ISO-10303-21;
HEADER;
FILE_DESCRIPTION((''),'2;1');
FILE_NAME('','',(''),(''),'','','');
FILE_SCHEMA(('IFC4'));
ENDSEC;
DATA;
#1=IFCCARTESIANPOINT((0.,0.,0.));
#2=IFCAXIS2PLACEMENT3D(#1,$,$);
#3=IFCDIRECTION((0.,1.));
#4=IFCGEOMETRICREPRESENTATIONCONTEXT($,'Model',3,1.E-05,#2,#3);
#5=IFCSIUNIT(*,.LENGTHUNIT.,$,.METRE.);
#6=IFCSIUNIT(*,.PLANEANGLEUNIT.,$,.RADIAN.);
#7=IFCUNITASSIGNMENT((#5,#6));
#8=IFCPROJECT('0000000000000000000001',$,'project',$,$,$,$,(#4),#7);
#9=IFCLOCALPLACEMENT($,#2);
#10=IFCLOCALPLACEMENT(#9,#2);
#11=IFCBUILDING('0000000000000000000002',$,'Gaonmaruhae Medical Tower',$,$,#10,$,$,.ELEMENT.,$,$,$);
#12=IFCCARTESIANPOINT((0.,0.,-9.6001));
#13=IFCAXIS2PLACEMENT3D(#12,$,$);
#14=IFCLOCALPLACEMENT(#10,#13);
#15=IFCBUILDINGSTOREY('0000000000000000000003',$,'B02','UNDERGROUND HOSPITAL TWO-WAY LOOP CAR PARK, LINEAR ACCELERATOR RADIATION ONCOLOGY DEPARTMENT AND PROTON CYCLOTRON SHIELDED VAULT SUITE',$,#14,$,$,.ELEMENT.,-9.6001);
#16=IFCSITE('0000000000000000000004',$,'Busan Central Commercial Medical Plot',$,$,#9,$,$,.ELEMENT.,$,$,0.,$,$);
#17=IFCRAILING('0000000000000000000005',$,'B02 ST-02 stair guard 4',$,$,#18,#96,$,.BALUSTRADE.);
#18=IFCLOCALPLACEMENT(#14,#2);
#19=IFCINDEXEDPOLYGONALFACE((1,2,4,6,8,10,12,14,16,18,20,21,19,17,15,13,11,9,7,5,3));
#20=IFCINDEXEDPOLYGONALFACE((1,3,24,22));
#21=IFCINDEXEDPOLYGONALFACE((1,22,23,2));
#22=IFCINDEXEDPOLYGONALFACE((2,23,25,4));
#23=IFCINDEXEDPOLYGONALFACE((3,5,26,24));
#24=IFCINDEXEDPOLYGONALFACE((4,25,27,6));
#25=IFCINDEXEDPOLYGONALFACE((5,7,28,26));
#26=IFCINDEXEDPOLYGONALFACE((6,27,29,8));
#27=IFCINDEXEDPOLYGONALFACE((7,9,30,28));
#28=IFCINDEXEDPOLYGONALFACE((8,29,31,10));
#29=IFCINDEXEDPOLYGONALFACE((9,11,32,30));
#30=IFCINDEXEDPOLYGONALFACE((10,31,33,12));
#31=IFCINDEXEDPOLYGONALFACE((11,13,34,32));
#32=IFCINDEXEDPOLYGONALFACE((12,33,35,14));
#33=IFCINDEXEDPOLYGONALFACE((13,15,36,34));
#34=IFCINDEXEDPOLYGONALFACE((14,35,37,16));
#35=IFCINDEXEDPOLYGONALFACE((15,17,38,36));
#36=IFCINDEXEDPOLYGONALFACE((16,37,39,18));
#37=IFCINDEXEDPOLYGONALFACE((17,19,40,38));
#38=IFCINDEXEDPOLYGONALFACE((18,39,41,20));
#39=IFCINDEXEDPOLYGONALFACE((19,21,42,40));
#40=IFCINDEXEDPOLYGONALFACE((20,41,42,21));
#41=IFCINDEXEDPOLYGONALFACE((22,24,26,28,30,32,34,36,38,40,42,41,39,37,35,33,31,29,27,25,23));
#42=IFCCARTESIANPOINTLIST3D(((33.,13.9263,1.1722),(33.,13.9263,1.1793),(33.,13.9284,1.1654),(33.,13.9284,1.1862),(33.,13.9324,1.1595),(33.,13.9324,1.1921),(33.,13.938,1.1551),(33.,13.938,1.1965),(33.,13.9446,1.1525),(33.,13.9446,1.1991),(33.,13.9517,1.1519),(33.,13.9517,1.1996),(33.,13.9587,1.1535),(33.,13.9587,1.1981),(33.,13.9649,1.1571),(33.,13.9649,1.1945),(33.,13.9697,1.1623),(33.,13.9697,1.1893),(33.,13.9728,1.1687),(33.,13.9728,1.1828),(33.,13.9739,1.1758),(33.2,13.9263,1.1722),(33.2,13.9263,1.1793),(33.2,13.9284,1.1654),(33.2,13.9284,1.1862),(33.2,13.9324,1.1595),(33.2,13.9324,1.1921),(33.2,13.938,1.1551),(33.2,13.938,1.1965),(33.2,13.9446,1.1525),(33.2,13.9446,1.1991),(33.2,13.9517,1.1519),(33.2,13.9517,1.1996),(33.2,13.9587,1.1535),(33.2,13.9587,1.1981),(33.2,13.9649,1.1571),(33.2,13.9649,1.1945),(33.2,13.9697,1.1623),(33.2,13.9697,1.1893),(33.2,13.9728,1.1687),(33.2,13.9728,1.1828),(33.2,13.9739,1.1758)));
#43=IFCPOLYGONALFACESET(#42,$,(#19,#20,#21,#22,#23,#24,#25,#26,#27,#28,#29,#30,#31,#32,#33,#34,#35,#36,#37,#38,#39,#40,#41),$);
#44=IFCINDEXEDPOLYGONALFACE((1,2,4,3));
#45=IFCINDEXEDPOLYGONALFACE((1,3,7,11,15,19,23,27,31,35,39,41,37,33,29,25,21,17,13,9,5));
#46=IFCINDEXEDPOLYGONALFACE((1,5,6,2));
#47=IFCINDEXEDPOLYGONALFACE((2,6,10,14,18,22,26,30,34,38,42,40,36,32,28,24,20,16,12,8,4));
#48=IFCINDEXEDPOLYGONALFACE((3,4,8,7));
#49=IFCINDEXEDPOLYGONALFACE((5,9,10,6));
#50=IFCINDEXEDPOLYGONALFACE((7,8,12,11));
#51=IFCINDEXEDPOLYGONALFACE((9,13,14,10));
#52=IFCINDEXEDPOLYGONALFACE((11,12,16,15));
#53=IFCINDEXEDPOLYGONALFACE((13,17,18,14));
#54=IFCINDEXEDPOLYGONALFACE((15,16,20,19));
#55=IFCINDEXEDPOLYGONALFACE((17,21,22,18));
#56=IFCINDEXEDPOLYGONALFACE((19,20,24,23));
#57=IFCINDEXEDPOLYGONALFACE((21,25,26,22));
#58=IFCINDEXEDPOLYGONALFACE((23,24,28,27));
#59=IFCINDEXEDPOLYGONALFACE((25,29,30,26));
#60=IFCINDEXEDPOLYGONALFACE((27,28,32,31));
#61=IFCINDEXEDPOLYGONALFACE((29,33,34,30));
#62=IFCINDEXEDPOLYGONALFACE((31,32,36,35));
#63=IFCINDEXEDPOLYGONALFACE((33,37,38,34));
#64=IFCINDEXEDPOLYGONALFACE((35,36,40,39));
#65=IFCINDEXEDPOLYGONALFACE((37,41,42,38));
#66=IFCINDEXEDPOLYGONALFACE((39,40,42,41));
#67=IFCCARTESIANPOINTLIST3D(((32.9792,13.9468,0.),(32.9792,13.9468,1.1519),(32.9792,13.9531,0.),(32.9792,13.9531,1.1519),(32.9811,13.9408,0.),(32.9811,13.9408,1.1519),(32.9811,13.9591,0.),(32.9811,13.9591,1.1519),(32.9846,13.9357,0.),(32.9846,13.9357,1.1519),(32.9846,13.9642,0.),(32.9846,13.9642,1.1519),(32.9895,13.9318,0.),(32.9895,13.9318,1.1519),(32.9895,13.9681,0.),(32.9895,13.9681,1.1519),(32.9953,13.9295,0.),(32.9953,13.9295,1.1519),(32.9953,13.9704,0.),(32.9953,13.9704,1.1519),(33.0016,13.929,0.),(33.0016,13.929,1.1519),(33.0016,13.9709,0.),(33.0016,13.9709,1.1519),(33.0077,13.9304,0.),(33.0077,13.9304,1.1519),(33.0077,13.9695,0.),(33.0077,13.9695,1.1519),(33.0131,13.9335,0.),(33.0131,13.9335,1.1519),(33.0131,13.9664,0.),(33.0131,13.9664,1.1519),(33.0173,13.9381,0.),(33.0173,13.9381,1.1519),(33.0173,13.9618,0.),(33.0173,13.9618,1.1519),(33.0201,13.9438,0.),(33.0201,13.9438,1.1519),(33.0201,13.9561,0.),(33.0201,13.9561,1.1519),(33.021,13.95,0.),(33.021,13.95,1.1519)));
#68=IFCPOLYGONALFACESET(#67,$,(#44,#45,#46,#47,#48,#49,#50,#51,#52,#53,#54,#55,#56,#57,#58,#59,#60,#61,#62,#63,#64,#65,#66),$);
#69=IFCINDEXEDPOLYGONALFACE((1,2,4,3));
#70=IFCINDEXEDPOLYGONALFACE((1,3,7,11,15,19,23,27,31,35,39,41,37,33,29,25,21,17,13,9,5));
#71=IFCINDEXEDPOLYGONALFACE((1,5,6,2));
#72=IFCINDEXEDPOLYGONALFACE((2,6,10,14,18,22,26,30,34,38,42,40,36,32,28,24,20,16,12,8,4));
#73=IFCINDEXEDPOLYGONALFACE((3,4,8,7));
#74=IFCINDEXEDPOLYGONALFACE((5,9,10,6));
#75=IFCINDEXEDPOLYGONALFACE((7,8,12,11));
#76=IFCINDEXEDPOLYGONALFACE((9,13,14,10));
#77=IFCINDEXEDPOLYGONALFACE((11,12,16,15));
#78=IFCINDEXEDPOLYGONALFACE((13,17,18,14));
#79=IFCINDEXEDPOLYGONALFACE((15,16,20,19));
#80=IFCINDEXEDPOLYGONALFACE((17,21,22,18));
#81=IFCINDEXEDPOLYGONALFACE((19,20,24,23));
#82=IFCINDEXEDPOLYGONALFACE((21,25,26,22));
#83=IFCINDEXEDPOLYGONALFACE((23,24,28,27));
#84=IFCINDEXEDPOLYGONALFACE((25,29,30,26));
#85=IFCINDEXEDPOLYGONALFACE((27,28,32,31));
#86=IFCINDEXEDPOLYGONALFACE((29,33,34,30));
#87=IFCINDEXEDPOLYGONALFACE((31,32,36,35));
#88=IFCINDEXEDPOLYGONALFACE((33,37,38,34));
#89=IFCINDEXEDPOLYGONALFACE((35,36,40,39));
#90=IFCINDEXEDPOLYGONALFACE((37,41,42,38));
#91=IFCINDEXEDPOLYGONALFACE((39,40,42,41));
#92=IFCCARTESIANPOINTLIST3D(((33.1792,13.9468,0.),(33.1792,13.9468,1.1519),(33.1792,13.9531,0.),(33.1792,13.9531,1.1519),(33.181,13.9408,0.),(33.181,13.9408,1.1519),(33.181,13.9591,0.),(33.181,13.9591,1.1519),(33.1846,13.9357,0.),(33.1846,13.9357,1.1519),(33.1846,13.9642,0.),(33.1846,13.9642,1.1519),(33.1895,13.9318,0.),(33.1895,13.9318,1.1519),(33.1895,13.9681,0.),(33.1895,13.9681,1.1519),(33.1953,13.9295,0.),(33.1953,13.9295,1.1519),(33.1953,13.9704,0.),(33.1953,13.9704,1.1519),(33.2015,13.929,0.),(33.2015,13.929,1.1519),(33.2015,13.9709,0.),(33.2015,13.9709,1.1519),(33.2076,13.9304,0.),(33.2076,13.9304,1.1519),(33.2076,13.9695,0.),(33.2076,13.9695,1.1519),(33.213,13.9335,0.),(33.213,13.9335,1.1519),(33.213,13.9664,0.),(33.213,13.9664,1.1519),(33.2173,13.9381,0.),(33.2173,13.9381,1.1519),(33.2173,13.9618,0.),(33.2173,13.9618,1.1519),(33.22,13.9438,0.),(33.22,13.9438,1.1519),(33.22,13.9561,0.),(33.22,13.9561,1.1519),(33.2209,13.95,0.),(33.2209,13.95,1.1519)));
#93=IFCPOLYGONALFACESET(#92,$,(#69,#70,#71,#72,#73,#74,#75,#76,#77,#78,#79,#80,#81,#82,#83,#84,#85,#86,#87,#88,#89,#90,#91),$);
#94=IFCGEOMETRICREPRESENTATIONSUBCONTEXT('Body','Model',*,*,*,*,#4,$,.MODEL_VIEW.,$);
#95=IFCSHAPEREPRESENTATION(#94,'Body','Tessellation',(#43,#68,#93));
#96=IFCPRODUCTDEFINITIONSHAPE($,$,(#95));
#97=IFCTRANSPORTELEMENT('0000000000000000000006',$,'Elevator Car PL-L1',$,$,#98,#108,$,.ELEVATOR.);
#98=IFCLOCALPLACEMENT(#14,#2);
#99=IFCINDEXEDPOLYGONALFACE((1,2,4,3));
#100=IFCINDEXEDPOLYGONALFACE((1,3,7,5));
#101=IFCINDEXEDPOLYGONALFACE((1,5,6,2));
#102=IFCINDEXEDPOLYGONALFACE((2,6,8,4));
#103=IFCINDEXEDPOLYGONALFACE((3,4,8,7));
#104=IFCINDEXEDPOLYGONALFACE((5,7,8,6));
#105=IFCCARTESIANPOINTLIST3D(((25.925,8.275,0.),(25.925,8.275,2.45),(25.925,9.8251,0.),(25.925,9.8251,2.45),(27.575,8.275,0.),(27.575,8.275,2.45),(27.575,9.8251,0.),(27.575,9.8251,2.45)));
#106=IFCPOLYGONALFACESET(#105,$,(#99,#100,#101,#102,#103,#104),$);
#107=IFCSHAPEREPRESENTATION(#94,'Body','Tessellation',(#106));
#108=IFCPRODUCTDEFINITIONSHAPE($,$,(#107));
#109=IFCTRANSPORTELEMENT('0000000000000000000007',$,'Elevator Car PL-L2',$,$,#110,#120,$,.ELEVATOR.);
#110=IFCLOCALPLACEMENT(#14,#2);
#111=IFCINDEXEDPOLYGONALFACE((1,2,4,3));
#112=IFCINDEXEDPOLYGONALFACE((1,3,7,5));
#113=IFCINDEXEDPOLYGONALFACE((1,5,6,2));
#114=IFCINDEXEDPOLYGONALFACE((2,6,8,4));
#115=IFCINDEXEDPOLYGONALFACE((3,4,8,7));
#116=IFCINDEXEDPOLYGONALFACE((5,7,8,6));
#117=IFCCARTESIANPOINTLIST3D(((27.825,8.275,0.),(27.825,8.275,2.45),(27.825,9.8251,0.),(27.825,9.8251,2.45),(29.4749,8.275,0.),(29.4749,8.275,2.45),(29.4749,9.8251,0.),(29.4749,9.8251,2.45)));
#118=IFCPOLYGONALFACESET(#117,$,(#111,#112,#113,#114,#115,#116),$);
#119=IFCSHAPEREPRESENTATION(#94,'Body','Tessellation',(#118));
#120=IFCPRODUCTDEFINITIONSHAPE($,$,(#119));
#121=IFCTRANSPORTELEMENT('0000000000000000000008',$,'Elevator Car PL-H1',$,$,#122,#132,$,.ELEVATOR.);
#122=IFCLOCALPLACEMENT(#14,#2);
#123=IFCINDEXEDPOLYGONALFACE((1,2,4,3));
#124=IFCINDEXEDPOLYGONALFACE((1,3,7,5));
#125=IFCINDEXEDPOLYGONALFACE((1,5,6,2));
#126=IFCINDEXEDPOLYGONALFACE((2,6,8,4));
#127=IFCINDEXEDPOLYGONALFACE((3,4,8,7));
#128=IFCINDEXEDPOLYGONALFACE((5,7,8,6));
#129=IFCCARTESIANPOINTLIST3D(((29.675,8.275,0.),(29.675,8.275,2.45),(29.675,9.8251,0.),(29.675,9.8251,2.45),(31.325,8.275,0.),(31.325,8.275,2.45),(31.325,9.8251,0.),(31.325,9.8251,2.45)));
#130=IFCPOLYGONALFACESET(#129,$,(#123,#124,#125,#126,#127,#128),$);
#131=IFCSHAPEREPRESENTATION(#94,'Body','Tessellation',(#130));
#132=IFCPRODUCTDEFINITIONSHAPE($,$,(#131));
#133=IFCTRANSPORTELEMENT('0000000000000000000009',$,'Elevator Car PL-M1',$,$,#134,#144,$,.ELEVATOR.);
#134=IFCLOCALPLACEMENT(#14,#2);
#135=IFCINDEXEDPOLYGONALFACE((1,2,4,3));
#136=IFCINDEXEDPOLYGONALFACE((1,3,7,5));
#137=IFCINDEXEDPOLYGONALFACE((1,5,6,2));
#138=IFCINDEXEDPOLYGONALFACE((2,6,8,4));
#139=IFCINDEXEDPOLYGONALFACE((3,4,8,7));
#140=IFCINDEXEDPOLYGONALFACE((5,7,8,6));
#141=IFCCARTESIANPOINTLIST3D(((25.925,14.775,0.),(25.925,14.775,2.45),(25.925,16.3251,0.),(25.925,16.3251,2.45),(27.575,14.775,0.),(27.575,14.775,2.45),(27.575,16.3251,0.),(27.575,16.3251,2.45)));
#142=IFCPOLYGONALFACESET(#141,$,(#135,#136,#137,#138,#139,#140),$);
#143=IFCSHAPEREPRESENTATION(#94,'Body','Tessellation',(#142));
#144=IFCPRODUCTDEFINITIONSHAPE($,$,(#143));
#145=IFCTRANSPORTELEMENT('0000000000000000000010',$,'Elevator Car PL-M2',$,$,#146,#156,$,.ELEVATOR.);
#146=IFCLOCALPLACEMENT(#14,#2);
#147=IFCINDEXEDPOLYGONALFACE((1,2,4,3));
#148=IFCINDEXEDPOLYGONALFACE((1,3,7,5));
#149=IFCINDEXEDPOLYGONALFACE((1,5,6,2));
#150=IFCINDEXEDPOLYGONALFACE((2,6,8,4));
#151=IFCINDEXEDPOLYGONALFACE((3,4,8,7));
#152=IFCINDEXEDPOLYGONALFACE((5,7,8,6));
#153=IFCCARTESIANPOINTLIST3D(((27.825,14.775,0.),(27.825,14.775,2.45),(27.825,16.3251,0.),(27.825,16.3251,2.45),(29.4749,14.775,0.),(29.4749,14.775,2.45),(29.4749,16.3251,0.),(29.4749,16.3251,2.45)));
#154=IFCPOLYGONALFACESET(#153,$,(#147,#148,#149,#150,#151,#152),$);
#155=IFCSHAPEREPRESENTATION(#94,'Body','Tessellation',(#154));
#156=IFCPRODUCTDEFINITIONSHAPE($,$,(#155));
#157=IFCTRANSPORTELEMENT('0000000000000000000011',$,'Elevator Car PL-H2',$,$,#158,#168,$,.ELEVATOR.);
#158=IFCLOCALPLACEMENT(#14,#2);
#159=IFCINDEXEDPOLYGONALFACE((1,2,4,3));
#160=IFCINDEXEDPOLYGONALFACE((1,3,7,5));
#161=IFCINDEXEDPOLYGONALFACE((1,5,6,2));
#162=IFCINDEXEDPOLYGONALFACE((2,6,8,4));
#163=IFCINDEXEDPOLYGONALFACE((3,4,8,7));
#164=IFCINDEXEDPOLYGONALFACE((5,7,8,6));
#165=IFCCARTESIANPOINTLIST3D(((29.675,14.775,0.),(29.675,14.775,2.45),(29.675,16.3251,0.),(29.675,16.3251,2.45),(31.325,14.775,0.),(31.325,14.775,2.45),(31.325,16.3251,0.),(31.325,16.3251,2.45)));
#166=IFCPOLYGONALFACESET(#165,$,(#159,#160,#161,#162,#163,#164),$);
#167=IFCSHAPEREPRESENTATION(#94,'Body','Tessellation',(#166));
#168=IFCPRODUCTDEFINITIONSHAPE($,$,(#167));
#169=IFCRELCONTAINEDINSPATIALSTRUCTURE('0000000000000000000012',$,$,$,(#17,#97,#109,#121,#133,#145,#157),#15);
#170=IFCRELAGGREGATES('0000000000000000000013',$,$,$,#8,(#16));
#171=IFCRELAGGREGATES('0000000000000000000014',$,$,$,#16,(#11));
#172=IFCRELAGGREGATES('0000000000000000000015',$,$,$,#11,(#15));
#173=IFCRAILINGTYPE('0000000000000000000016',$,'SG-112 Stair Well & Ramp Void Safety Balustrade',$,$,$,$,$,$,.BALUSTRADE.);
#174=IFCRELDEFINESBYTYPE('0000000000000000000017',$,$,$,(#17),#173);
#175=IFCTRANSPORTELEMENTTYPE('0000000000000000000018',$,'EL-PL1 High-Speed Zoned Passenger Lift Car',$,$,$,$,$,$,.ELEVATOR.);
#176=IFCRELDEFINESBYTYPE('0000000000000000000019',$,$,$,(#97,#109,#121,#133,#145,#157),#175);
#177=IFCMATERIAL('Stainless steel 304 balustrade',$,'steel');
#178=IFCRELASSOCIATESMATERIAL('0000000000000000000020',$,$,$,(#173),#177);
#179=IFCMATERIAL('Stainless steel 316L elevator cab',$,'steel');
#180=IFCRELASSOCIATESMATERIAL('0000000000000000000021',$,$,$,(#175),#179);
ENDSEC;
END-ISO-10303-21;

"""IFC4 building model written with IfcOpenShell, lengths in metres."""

from ifc_helpers import new_model, si_unit, direction, frame, origin, origin_2d, place, context, subcontext, project, spatial, rectangle, circle, extrude, material, type_object, element, save


model = new_model("IFC4")

# Units and contexts
model_context = context("Model", 3, precision=1e-05, world=origin(), true_north=direction((0.0, 1.0)))
body_context = subcontext(model_context, "Body", "Model", "MODEL_VIEW")
ifc_project = project(units=[si_unit("LENGTHUNIT", "METRE"), si_unit("PLANEANGLEUNIT", "RADIAN")], contexts=[model_context])

# Site, building, storey
site_placement = place(None, origin())
site = spatial("IfcSite", under=ifc_project, at=site_placement, Name="Busan Central Commercial Medical Plot", CompositionType="ELEMENT", RefElevation=0.0)
building_placement = place(site_placement, origin())
building = spatial("IfcBuilding", under=site, at=building_placement, Name="Gaonmaruhae Medical Tower", CompositionType="ELEMENT")
storey_placement = place(building_placement, frame((0.0, 0.0, -9.6001)))
storey = spatial("IfcBuildingStorey", under=building, at=storey_placement, Name="B02", Description="UNDERGROUND HOSPITAL TWO-WAY LOOP CAR PARK, LINEAR ACCELERATOR RADIATION ONCOLOGY DEPARTMENT AND PROTON CYCLOTRON SHIELDED VAULT SUITE", CompositionType="ELEMENT", Elevation=-9.6001)

# Railing
ifc_material_1 = material(Name="Stainless steel 304 balustrade", Category="steel")
railing_type_1 = type_object("IfcRailingType", Name="SG-112 Stair Well & Ramp Void Safety Balustrade", PredefinedType="BALUSTRADE", material=ifc_material_1)
railing_1_placement = place(storey_placement, frame((33.0, 13.95, 0.0)))
element("IfcRailing", 1, at=railing_1_placement, inside=storey, type_object=railing_type_1, Name="B02 ST-02 stair guard 4", PredefinedType="BALUSTRADE", context=body_context, shape_type="SweptSolid", body=[
    extrude(circle(Radius=0.0239, at=origin_2d()), frame((0.0, 0.0, 1.1758), z_axis=(1.0, 0.0, 0.0), x_axis=(0.0, 1.0, 0.0)), (0.0, 0.0, 1.0), 0.2),
    extrude(circle(Radius=0.021, at=origin_2d()), origin(), (0.0, 0.0, 1.0), 1.1519),
    extrude(circle(Radius=0.021, at=origin_2d()), frame((0.2, 0.0, 0.0)), (0.0, 0.0, 1.0), 1.1519),
])

# Transport elements
ifc_material_2 = material(Name="Stainless steel 316L elevator cab", Category="steel")
transport_element_type = type_object("IfcTransportElementType", Name="EL-PL1 High-Speed Zoned Passenger Lift Car", PredefinedType="ELEVATOR", material=ifc_material_2)
for number, where, z_axis, x_axis, name in (
    (2, (26.75, 9.05, 0.0), (0.0, 0.0, 1.0), (1.0, 0.0, 0.0), "Elevator Car PL-L1"),
    (3, (28.6499, 9.05, 0.0), (0.0, 0.0, 1.0), (1.0, 0.0, 0.0), "Elevator Car PL-L2"),
    (4, (30.5, 9.05, 0.0), (0.0, 0.0, 1.0), (1.0, 0.0, 0.0), "Elevator Car PL-H1"),
    (5, (26.75, 15.55, 0.0), (0.0, 0.0, 1.0), (1.0, 0.0, 0.0), "Elevator Car PL-M1"),
    (6, (28.6499, 15.55, 0.0), (0.0, 0.0, 1.0), (1.0, 0.0, 0.0), "Elevator Car PL-M2"),
    (7, (30.5, 15.55, 0.0), (0.0, 0.0, 1.0), (1.0, 0.0, 0.0), "Elevator Car PL-H2"),
):
    element("IfcTransportElement", number, at=place(storey_placement, frame(where, z_axis=z_axis, x_axis=x_axis)), inside=storey, type_object=transport_element_type, Name=name, PredefinedType="ELEVATOR", context=body_context, shape_type="SweptSolid", body=[
        extrude(rectangle(XDim=1.6499, YDim=1.55, at=origin_2d()), origin(), (0.0, 0.0, 1.0), 2.45),
    ])

save(model, "model.ifc")
